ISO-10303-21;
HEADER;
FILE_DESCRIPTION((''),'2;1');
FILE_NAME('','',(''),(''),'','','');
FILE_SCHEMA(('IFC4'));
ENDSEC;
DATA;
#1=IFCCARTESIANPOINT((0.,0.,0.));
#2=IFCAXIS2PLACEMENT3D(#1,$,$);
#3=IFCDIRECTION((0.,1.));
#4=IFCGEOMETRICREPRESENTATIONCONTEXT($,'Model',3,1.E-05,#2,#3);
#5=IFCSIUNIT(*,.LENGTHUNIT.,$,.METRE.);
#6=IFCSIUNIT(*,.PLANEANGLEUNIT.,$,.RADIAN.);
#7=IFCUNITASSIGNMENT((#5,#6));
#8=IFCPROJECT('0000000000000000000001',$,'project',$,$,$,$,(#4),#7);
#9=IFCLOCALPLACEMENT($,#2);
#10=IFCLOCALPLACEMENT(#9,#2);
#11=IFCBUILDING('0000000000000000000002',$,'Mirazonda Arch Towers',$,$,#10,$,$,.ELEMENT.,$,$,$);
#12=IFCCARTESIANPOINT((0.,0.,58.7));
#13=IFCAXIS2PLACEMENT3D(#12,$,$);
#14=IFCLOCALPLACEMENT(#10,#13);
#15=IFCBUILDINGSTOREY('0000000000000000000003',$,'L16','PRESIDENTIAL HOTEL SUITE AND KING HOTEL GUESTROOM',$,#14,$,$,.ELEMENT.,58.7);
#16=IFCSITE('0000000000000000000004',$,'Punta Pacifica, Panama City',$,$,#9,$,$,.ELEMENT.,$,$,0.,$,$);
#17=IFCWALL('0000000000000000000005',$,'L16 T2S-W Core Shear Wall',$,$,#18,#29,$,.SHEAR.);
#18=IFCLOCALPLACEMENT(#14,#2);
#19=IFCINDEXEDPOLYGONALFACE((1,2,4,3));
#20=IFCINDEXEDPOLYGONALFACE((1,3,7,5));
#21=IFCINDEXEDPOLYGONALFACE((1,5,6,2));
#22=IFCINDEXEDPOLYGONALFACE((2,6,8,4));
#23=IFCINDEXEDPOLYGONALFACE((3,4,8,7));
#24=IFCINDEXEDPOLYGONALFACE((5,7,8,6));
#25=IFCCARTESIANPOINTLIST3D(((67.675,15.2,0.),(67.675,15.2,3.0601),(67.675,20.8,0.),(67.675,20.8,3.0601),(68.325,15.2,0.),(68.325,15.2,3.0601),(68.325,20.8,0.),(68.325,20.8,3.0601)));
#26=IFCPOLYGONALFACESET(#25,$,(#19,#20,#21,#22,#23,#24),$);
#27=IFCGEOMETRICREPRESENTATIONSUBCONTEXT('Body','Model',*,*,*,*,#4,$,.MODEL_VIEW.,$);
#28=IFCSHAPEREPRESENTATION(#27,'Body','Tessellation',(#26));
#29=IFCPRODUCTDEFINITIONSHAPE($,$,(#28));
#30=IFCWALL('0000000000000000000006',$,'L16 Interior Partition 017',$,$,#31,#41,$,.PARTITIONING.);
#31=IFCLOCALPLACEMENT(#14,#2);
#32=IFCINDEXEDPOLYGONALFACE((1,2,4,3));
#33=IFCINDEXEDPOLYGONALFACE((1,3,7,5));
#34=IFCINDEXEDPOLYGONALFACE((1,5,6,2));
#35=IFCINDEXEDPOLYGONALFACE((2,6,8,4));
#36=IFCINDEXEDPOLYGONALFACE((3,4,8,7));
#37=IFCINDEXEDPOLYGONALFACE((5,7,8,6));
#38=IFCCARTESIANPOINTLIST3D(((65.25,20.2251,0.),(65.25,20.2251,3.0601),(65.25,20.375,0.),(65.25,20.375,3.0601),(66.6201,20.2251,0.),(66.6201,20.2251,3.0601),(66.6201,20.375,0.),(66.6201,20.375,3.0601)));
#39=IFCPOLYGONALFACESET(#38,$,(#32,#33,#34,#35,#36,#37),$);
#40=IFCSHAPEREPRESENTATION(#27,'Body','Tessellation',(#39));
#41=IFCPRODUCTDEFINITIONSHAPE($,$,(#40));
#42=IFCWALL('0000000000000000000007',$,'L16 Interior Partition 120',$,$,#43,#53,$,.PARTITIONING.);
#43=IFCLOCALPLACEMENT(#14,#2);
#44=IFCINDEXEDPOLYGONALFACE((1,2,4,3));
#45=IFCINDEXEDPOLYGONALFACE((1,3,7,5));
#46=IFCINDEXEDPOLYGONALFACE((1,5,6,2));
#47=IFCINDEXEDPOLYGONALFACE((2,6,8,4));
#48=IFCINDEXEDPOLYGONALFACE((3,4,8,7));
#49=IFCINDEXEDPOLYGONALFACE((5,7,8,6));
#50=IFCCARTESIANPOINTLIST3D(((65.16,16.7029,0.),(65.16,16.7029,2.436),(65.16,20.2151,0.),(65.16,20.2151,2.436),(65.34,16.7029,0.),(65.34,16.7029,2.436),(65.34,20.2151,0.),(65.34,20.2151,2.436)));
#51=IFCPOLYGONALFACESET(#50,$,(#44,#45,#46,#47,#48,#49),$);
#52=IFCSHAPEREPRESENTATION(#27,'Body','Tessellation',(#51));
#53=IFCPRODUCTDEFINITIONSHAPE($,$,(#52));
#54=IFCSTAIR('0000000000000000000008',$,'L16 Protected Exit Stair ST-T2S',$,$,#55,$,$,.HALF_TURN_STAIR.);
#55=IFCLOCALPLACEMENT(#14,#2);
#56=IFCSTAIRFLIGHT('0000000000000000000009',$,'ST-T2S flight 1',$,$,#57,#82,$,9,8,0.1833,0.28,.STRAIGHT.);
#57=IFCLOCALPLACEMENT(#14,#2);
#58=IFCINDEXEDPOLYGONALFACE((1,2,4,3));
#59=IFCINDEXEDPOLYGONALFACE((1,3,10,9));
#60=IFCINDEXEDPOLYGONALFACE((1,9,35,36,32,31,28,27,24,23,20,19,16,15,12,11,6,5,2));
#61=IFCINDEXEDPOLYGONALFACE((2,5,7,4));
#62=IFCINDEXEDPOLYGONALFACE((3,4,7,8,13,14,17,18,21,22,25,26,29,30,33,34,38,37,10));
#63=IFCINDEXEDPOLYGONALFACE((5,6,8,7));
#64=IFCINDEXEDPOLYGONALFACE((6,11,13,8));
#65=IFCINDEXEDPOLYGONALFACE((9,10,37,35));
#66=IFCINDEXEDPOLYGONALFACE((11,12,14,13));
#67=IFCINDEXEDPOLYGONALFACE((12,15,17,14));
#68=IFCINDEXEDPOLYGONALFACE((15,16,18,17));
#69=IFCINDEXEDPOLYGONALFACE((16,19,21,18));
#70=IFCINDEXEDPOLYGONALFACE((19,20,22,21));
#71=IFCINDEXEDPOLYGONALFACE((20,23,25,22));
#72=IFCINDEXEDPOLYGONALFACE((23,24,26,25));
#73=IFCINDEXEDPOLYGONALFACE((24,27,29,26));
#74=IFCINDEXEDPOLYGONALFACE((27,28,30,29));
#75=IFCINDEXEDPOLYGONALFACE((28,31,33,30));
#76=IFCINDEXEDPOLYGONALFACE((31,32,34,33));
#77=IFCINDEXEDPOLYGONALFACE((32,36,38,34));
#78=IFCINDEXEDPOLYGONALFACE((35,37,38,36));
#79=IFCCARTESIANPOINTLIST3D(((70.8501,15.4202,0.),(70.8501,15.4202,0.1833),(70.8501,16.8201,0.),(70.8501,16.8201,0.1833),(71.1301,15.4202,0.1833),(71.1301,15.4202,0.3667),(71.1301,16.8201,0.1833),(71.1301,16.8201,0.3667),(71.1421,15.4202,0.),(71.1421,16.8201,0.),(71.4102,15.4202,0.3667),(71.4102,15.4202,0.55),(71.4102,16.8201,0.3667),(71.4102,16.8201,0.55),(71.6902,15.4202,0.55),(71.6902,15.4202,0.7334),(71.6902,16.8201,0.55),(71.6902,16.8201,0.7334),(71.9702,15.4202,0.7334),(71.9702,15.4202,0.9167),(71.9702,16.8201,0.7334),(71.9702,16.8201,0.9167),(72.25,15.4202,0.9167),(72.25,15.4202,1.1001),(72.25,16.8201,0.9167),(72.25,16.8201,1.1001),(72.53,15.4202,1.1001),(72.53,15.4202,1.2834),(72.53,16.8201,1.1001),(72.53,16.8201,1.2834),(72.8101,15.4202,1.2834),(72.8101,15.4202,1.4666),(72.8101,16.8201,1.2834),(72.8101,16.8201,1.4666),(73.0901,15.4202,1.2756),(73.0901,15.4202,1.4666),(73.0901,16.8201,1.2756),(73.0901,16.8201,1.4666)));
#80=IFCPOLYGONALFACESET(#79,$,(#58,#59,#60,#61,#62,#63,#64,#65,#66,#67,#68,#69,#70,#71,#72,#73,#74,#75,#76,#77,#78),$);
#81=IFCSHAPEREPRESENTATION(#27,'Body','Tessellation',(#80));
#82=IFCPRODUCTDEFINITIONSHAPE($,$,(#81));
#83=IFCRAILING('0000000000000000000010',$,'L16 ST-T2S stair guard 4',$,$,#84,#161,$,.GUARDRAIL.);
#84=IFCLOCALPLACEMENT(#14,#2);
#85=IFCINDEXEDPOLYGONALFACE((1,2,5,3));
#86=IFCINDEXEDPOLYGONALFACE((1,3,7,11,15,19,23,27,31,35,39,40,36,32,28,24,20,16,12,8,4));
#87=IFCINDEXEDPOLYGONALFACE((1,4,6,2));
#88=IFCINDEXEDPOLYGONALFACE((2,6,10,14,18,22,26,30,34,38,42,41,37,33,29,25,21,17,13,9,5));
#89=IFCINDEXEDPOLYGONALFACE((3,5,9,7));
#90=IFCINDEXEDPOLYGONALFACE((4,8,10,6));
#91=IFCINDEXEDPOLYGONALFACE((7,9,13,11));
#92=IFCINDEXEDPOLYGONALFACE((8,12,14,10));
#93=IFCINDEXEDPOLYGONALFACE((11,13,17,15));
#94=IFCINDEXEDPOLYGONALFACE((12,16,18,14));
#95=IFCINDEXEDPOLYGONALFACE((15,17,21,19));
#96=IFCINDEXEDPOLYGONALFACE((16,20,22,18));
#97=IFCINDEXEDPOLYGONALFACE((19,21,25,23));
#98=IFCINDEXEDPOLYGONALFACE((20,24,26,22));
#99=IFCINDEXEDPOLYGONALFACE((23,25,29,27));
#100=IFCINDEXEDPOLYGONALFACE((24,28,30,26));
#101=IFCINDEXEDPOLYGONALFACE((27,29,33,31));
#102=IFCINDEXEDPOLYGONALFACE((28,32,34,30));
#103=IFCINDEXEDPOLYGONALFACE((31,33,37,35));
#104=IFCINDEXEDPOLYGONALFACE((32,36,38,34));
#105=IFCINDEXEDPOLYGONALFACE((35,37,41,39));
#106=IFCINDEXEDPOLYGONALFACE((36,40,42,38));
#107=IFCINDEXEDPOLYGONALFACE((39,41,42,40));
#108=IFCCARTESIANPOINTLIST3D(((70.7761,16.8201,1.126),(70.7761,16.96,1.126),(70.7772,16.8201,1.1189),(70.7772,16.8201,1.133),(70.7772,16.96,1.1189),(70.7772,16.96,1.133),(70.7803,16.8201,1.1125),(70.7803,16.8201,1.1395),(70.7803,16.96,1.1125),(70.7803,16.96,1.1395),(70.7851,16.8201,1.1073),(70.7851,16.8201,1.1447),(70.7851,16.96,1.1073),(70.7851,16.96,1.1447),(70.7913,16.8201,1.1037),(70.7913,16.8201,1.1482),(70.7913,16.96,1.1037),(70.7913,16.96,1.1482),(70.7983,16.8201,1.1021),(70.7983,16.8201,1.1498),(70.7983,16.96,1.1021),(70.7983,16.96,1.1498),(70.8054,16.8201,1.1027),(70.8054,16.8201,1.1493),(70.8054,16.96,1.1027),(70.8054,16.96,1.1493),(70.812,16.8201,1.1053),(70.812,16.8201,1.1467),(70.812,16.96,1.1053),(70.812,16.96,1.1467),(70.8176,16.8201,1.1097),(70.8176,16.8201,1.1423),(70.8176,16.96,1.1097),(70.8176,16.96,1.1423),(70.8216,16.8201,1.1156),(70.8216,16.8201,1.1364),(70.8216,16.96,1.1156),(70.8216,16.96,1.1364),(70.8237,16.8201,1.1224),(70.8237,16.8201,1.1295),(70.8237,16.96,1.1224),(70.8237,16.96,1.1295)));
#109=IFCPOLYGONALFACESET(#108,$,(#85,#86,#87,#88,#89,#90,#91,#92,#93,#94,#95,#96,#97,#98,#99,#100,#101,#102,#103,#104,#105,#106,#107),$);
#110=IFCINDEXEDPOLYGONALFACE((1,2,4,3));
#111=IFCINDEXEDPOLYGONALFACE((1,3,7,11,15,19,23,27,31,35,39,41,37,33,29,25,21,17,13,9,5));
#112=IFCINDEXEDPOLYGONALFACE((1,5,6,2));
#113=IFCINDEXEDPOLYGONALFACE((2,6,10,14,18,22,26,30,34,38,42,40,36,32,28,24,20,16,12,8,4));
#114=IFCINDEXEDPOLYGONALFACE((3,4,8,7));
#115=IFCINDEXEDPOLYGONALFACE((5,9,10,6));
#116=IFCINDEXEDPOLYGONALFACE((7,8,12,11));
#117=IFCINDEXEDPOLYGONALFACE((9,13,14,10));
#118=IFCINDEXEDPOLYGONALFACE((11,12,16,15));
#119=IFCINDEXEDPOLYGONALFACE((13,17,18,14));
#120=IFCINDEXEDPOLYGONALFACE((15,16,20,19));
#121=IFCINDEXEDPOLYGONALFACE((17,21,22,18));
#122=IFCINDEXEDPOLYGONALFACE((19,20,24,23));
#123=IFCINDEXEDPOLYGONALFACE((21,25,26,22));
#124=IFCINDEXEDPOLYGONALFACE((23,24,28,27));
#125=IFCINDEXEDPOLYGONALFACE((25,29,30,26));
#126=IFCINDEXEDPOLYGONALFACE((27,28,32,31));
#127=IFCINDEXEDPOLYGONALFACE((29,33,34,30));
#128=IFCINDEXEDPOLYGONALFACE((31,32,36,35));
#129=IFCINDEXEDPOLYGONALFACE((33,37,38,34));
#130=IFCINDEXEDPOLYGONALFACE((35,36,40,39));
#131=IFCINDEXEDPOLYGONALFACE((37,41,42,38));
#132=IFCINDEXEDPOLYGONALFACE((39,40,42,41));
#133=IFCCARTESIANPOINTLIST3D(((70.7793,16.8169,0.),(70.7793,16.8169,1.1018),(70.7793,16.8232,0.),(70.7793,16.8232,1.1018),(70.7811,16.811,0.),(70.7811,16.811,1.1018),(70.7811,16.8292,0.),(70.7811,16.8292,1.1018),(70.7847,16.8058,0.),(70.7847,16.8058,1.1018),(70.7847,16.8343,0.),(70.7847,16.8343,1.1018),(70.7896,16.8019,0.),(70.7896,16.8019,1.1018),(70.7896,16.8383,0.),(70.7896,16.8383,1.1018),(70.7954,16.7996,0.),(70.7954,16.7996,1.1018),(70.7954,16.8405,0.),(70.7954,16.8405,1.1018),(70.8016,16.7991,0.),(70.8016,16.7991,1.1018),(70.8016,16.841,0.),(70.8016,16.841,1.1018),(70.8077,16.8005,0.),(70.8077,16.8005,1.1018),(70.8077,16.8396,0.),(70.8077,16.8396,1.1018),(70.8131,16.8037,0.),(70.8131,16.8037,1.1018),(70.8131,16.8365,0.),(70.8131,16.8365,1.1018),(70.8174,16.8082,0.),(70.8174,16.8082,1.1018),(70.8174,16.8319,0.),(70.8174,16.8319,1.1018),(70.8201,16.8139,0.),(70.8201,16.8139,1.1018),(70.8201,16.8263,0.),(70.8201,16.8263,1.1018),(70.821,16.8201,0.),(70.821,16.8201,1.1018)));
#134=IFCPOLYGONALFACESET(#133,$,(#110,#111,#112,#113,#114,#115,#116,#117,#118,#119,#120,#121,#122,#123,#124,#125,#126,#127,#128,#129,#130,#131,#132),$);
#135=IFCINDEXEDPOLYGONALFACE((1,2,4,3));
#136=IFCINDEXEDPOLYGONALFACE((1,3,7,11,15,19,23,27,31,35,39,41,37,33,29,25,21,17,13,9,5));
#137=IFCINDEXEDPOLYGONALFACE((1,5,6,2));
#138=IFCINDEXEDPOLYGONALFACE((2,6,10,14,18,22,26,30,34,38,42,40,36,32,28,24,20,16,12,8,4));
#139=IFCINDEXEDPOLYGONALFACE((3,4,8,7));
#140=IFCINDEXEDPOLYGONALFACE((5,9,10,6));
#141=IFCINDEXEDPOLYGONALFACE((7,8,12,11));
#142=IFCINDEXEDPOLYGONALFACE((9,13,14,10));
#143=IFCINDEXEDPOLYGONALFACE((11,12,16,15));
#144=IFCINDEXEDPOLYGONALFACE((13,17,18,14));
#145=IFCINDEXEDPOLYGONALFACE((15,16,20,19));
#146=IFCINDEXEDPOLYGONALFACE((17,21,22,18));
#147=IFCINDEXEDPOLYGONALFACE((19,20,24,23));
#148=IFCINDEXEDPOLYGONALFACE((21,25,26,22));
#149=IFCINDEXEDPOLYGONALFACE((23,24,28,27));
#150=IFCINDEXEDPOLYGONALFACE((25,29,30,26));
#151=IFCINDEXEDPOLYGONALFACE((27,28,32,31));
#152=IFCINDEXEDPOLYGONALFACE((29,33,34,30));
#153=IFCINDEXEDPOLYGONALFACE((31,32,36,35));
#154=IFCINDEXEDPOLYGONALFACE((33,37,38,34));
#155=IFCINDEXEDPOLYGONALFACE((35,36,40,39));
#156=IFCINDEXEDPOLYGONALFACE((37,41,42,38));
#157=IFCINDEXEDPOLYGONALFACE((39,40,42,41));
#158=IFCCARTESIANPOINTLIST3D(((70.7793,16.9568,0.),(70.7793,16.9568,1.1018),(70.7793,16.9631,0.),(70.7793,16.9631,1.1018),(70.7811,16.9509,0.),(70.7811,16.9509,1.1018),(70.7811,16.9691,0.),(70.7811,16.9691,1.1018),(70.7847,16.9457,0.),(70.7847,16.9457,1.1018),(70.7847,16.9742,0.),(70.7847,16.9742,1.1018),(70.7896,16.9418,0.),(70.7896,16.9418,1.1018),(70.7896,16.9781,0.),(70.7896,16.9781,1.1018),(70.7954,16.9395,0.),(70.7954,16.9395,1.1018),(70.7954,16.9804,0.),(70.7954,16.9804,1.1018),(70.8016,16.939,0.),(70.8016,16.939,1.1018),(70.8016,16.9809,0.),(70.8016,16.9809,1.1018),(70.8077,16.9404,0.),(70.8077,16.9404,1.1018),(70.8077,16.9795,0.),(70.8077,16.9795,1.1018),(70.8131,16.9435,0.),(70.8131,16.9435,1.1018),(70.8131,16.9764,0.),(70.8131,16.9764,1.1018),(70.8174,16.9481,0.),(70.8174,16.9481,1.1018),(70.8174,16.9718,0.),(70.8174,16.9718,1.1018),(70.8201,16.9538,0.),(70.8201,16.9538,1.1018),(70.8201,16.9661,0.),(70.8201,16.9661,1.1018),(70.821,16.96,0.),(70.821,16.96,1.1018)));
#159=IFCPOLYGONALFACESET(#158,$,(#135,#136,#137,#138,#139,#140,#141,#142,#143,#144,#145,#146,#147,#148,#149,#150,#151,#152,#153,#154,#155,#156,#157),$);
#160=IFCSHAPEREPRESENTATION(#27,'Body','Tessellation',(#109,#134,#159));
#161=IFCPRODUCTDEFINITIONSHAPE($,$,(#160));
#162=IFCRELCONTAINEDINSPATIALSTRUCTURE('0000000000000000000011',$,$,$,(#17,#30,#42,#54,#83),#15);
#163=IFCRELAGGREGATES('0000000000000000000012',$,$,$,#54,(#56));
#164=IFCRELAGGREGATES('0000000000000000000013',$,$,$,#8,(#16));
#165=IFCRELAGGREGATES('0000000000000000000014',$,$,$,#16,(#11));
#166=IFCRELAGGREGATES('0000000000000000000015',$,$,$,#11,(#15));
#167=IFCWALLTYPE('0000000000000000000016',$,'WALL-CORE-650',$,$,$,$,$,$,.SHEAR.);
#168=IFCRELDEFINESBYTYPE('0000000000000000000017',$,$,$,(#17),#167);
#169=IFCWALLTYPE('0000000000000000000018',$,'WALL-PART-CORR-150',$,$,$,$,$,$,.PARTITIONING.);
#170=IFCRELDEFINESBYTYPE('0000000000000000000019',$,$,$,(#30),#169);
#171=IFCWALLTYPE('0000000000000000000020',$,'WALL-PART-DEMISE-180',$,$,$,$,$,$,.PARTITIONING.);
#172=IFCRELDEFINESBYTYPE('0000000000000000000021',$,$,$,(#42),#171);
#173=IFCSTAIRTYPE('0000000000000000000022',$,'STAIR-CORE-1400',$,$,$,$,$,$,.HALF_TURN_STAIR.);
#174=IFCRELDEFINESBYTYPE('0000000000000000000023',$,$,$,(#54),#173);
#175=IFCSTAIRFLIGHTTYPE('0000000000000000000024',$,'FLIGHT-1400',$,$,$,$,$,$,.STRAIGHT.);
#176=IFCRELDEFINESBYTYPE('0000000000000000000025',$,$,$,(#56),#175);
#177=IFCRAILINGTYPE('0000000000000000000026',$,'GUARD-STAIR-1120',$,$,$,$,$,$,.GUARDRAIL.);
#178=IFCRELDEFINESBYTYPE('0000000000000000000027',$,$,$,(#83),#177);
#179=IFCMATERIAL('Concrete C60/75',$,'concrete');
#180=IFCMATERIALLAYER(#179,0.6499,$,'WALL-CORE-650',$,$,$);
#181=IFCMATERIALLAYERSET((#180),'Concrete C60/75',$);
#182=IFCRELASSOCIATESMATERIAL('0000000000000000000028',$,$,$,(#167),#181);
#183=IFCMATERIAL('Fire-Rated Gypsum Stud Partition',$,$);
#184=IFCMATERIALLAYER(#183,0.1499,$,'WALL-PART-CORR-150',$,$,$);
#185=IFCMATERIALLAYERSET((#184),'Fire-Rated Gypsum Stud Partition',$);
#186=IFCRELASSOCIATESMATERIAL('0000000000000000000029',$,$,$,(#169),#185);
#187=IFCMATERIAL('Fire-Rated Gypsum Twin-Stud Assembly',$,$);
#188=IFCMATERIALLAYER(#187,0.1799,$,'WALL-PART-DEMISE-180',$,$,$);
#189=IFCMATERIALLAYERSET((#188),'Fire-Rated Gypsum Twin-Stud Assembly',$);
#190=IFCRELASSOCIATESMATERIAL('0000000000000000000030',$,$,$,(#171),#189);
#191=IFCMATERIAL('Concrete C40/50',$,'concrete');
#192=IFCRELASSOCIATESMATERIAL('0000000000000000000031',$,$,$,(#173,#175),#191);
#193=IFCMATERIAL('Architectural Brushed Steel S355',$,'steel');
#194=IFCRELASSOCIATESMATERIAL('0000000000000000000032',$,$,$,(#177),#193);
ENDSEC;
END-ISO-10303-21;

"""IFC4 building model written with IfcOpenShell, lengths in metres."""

from ifc_helpers import new_model, si_unit, direction, frame, frame_2d, origin, origin_2d, place, context, subcontext, project, spatial, polyline, rectangle, circle, outline, extrude, material, layer, layer_set, type_object, element, aggregate, save


model = new_model("IFC4")

# Units and contexts
model_context = context("Model", 3, precision=1e-05, world=origin(), true_north=direction((0.0, 1.0)))
body_context = subcontext(model_context, "Body", "Model", "MODEL_VIEW")
ifc_project = project(units=[si_unit("LENGTHUNIT", "METRE"), si_unit("PLANEANGLEUNIT", "RADIAN")], contexts=[model_context])

# Site, building, storey
site_placement = place(None, origin())
site = spatial("IfcSite", under=ifc_project, at=site_placement, Name="Punta Pacifica, Panama City", CompositionType="ELEMENT", RefElevation=0.0)
building_placement = place(site_placement, origin())
building = spatial("IfcBuilding", under=site, at=building_placement, Name="Mirazonda Arch Towers", CompositionType="ELEMENT")
storey_placement = place(building_placement, frame((0.0, 0.0, 58.7)))
storey = spatial("IfcBuildingStorey", under=building, at=storey_placement, Name="L16", Description="PRESIDENTIAL HOTEL SUITE AND KING HOTEL GUESTROOM", CompositionType="ELEMENT", Elevation=58.7)

# Shared definitions
ifc_material_1 = material(Name="Concrete C60/75", Category="concrete")

# Shared definitions
ifc_material_2 = material(Name="Architectural Brushed Steel S355", Category="steel")

# Walls
ifc_layer_1 = layer(ifc_material_1, 0.6499, Name="WALL-CORE-650")
ifc_layer_set_1 = layer_set([ifc_layer_1], Name="Concrete C60/75")
wall_type_1 = type_object("IfcWallType", Name="WALL-CORE-650", PredefinedType="SHEAR", material=ifc_layer_set_1)
wall_1_placement = place(storey_placement, frame((68.0, 15.2, 0.0), z_axis=(0.0, 0.0, 1.0), x_axis=(0.0, 1.0, 0.0)))
element("IfcWall", 1, at=wall_1_placement, inside=storey, type_object=wall_type_1, Name="L16 T2S-W Core Shear Wall", PredefinedType="SHEAR", context=body_context, shape_type="SweptSolid", body=[
    extrude(rectangle(XDim=5.6001, YDim=0.6499, at=frame_2d((2.8, 0.0))), origin(), (0.0, 0.0, 1.0), 3.0601),
])
ifc_material_3 = material(Name="Fire-Rated Gypsum Stud Partition")
ifc_layer_2 = layer(ifc_material_3, 0.1499, Name="WALL-PART-CORR-150")
ifc_layer_set_2 = layer_set([ifc_layer_2], Name="Fire-Rated Gypsum Stud Partition")
wall_type_2 = type_object("IfcWallType", Name="WALL-PART-CORR-150", PredefinedType="PARTITIONING", material=ifc_layer_set_2)
wall_2_placement = place(storey_placement, frame((65.25, 20.3, 0.0), z_axis=(0.0, 0.0, 1.0), x_axis=(1.0, 0.0, 0.0)))
element("IfcWall", 2, at=wall_2_placement, inside=storey, type_object=wall_type_2, Name="L16 Interior Partition 017", PredefinedType="PARTITIONING", context=body_context, shape_type="SweptSolid", body=[
    extrude(rectangle(XDim=1.3701, YDim=0.1499, at=frame_2d((0.6851, 0.0))), origin(), (0.0, 0.0, 1.0), 3.0601),
])
ifc_material_4 = material(Name="Fire-Rated Gypsum Twin-Stud Assembly")
ifc_layer_3 = layer(ifc_material_4, 0.1799, Name="WALL-PART-DEMISE-180")
ifc_layer_set_3 = layer_set([ifc_layer_3], Name="Fire-Rated Gypsum Twin-Stud Assembly")
wall_type_3 = type_object("IfcWallType", Name="WALL-PART-DEMISE-180", PredefinedType="PARTITIONING", material=ifc_layer_set_3)
wall_3_placement = place(storey_placement, frame((65.25, 16.7029, 0.0), z_axis=(0.0, 0.0, 1.0), x_axis=(0.0, 1.0, 0.0)))
element("IfcWall", 3, at=wall_3_placement, inside=storey, type_object=wall_type_3, Name="L16 Interior Partition 120", PredefinedType="PARTITIONING", context=body_context, shape_type="SweptSolid", body=[
    extrude(rectangle(XDim=3.5122, YDim=0.1799, at=frame_2d((1.7561, 0.0))), origin(), (0.0, 0.0, 1.0), 2.436),
])

# Stair, stair flight
ifc_material_5 = material(Name="Concrete C40/50", Category="concrete")
stair_type = type_object("IfcStairType", Name="STAIR-CORE-1400", PredefinedType="HALF_TURN_STAIR", material=ifc_material_5)
stair_placement = place(storey_placement, origin())
stair = element("IfcStair", 4, at=stair_placement, inside=storey, type_object=stair_type, Name="L16 Protected Exit Stair ST-T2S", PredefinedType="HALF_TURN_STAIR")
stair_flight_type = type_object("IfcStairFlightType", Name="FLIGHT-1400", PredefinedType="STRAIGHT", material=ifc_material_5)
stair_flight_placement = place(storey_placement, frame((70.8501, 16.1201, 0.0), z_axis=(0.0, 0.0, 1.0), x_axis=(1.0, 0.0, 0.0)))
stair_flight = element("IfcStairFlight", 5, at=stair_flight_placement, type_object=stair_flight_type, Name="ST-T2S flight 1", NumberOfRisers=9, NumberOfTreads=8, PredefinedType="STRAIGHT", RiserHeight=0.1833, TreadLength=0.28, context=body_context, shape_type="SweptSolid", body=[
    extrude(outline(polyline([(0.0, 0.0), (0.0, 0.1833), (0.28, 0.1833), (0.28, 0.3667), (0.5601, 0.3667), (0.5601, 0.55), (0.8401, 0.55), (0.8401, 0.7334), (1.1201, 0.7334), (1.1201, 0.9167), (1.3999, 0.9167), (1.3999, 1.1001), (1.6799, 1.1001), (1.6799, 1.2834), (1.96, 1.2834), (1.96, 1.4666), (2.24, 1.4666), (2.24, 1.6499), (2.24, 1.2756), (0.292, 0.0), (0.0, 0.0)])), frame((0.0, 0.7, 0.0), z_axis=(0.0, -1.0, 0.0), x_axis=(1.0, 0.0, 0.0)), (0.0, 0.0, 1.0), 1.3999),
])
aggregate(stair, [stair_flight])

# Railing
railing_type = type_object("IfcRailingType", Name="GUARD-STAIR-1120", PredefinedType="GUARDRAIL", material=ifc_material_2)
railing_placement = place(storey_placement, frame((70.8, 16.8201, 0.0)))
element("IfcRailing", 6, at=railing_placement, inside=storey, type_object=railing_type, Name="L16 ST-T2S stair guard 4", PredefinedType="GUARDRAIL", context=body_context, shape_type="SweptSolid", body=[
    extrude(circle(Radius=0.0239, at=origin_2d()), frame((0.0, 0.0, 1.126), z_axis=(0.0, 1.0, 0.0), x_axis=(-1.0, 0.0, 0.0)), (0.0, 0.0, 1.0), 0.1399),
    extrude(circle(Radius=0.021, at=origin_2d()), origin(), (0.0, 0.0, 1.0), 1.1018),
    extrude(circle(Radius=0.021, at=origin_2d()), frame((0.0, 0.1399, 0.0)), (0.0, 0.0, 1.0), 1.1018),
])

save(model, "model.ifc")
